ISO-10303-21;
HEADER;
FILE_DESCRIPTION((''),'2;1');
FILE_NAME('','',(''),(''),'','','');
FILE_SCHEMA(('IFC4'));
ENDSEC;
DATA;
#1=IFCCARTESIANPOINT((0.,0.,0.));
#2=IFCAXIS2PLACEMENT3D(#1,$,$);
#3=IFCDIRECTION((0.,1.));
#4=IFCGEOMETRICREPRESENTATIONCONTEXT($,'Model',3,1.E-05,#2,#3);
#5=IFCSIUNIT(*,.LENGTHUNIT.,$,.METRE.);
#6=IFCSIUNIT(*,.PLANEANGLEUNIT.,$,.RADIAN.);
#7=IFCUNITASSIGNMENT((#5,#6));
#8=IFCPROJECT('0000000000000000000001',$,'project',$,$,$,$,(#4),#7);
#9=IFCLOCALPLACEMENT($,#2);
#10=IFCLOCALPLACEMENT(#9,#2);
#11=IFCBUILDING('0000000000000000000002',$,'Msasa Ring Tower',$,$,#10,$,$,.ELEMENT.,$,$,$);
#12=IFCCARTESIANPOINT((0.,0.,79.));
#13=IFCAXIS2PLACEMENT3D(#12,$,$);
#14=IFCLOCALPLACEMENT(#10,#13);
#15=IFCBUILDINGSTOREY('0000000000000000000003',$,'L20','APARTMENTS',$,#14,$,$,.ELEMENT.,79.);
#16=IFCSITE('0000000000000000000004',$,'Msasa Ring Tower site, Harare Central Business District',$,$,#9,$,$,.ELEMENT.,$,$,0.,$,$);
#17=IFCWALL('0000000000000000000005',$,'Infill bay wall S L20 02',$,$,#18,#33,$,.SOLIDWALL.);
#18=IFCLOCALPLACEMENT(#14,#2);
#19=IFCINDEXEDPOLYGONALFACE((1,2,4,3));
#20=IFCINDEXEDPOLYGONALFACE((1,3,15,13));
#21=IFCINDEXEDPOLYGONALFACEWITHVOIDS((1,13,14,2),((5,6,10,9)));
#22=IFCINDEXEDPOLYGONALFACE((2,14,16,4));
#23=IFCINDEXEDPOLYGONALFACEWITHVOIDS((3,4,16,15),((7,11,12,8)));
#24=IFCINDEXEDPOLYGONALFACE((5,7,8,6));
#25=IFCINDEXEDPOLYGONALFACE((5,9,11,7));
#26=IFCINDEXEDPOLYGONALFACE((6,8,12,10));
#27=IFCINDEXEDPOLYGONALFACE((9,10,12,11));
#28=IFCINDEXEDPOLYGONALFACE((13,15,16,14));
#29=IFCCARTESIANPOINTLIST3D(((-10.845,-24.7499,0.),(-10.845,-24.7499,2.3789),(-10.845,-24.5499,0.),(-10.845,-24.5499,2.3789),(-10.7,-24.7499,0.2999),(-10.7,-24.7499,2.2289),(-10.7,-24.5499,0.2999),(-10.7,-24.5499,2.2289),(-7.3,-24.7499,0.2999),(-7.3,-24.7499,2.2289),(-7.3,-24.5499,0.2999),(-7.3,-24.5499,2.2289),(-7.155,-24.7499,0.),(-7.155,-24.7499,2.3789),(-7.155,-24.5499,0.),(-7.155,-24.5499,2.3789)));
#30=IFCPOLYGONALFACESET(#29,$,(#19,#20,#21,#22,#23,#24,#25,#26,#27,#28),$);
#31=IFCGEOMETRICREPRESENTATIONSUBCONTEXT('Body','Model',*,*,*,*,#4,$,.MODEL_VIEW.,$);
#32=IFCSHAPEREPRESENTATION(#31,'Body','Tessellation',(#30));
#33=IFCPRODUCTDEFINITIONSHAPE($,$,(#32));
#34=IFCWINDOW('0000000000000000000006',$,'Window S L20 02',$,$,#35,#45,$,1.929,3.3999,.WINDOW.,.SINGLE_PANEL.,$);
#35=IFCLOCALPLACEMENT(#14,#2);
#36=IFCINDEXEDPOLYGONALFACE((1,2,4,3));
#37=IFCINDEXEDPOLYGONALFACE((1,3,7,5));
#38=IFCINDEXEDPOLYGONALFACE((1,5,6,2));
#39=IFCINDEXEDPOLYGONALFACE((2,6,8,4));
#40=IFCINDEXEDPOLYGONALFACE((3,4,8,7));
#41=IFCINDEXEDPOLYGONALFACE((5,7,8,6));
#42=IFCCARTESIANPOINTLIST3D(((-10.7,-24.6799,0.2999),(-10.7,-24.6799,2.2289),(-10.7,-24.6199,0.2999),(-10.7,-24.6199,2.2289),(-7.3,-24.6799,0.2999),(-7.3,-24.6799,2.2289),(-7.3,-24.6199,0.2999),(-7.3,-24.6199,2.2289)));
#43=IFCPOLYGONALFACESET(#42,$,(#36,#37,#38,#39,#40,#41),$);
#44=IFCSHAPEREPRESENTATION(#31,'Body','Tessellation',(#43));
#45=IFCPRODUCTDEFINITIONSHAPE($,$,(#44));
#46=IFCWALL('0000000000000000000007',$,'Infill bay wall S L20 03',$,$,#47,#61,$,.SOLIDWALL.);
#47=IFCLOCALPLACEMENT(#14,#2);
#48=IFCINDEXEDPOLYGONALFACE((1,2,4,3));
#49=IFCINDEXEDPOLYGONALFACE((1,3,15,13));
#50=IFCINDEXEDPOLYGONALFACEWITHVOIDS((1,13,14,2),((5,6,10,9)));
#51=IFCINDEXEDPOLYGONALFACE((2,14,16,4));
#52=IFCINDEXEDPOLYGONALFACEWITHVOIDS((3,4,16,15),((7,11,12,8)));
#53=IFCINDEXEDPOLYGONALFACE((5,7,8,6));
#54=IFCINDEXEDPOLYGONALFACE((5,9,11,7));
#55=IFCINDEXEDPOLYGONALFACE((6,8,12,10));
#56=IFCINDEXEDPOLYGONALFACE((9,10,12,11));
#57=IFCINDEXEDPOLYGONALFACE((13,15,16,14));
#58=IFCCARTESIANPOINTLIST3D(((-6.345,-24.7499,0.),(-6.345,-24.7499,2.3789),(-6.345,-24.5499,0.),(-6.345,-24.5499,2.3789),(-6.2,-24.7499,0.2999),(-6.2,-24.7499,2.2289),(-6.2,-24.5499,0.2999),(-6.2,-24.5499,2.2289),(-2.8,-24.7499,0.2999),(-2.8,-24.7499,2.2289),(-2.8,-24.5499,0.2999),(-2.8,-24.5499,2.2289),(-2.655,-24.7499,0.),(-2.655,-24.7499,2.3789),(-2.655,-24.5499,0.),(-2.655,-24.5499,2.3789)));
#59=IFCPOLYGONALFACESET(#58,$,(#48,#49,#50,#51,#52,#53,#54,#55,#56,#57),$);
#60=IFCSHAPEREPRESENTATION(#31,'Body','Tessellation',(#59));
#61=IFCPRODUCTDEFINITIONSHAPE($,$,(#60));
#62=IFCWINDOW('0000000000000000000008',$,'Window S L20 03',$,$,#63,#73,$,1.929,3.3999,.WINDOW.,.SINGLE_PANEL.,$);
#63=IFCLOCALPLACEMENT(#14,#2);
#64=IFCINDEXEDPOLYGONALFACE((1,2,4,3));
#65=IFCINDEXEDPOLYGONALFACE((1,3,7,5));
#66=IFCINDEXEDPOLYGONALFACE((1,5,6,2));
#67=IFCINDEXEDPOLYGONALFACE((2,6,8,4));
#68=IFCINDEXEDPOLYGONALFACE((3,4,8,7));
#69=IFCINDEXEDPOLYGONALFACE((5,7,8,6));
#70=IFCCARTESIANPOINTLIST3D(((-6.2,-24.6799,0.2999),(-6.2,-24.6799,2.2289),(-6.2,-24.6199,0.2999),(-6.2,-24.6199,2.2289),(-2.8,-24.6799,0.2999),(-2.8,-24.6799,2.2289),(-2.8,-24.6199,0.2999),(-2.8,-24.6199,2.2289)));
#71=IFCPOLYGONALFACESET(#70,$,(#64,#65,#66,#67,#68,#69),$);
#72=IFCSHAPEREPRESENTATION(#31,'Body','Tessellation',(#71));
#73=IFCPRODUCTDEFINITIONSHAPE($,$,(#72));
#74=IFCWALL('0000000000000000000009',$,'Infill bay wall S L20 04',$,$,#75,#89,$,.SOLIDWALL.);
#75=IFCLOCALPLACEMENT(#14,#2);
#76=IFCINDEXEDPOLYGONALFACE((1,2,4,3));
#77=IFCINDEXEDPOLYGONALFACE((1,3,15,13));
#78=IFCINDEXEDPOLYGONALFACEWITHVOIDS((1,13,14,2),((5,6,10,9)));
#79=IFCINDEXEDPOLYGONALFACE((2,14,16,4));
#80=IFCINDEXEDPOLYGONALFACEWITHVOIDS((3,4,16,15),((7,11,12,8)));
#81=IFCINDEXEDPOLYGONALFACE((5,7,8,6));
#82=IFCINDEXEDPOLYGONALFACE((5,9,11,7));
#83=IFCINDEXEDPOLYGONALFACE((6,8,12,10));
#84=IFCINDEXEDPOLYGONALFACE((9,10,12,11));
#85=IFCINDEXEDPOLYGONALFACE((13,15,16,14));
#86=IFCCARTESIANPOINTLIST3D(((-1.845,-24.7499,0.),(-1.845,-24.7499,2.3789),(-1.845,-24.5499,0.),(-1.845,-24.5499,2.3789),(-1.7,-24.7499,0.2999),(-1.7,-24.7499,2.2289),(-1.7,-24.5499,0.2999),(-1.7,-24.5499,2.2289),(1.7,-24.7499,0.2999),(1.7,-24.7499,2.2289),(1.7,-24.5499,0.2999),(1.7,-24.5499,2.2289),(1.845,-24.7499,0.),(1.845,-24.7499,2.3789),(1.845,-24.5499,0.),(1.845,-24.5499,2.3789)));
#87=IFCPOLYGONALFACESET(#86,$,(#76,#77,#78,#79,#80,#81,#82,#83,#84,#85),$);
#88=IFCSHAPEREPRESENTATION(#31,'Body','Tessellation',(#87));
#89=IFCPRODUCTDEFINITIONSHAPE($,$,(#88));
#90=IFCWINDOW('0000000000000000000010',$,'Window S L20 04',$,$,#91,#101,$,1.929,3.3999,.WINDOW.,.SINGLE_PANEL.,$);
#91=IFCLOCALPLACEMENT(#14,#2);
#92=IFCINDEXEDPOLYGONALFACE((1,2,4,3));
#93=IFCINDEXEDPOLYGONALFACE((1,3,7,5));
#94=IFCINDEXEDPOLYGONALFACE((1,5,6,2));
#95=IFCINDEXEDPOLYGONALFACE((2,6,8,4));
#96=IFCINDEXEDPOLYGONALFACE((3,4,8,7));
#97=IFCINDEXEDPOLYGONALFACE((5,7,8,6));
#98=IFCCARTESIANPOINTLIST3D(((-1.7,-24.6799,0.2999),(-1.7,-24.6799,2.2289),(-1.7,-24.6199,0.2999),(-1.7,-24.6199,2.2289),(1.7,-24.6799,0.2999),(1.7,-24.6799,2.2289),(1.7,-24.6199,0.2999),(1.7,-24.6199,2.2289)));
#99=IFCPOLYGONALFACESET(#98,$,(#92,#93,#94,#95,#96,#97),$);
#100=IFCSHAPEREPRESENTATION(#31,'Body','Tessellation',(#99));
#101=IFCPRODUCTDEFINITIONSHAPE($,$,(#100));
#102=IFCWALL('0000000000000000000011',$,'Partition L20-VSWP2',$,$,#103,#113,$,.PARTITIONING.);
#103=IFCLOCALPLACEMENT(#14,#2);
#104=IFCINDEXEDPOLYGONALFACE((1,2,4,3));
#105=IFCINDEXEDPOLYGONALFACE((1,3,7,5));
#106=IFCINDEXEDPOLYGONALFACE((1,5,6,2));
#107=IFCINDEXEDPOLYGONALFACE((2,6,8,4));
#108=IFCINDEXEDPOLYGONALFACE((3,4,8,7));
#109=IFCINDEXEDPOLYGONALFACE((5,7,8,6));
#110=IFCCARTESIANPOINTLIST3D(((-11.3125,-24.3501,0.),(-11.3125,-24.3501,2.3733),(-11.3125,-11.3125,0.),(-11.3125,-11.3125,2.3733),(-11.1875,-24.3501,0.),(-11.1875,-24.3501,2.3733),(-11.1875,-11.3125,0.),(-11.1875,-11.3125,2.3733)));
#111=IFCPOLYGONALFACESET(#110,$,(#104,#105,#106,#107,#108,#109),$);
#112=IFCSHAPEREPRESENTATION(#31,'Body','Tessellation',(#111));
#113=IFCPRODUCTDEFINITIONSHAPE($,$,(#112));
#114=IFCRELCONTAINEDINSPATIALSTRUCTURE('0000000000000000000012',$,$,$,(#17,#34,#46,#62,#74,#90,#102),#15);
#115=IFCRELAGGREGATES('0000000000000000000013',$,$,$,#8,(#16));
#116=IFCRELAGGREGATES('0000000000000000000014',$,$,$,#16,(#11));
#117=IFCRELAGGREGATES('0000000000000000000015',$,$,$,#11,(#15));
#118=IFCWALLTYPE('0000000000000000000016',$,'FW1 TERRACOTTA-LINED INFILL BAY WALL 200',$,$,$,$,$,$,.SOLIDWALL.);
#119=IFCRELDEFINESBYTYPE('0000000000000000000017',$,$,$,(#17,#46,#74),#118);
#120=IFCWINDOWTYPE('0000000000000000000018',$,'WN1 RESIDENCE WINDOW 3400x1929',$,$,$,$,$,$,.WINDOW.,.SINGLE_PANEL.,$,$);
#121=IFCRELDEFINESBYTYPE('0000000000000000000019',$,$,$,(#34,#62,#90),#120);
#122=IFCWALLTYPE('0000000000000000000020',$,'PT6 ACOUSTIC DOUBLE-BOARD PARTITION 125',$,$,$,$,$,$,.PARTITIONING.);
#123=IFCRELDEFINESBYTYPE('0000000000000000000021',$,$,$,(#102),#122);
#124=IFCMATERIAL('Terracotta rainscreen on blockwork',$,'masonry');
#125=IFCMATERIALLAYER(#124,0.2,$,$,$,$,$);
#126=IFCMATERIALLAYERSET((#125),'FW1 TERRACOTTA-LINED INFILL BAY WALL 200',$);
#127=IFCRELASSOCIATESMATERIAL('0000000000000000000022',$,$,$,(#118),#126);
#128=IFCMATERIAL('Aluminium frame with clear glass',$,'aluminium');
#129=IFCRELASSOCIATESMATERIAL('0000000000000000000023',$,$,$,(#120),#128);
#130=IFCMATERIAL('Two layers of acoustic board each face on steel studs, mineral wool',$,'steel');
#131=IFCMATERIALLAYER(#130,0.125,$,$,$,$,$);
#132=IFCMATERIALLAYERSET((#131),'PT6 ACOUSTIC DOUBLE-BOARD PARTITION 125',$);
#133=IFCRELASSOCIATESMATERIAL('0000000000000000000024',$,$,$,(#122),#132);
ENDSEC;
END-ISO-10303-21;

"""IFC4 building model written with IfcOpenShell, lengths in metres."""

from ifc_helpers import new_model, si_unit, direction, frame, frame_2d, origin, place, context, subcontext, project, spatial, rectangle, extrude, material, layer, layer_set, type_object, element, fill, save


model = new_model("IFC4")

# Units and contexts
model_context = context("Model", 3, precision=1e-05, world=origin(), true_north=direction((0.0, 1.0)))
body_context = subcontext(model_context, "Body", "Model", "MODEL_VIEW")
ifc_project = project(units=[si_unit("LENGTHUNIT", "METRE"), si_unit("PLANEANGLEUNIT", "RADIAN")], contexts=[model_context])

# Site, building, storey
site_placement = place(None, origin())
site = spatial("IfcSite", under=ifc_project, at=site_placement, Name="Msasa Ring Tower site, Harare Central Business District", CompositionType="ELEMENT", RefElevation=0.0)
building_placement = place(site_placement, origin())
building = spatial("IfcBuilding", under=site, at=building_placement, Name="Msasa Ring Tower", CompositionType="ELEMENT")
storey_placement = place(building_placement, frame((0.0, 0.0, 79.0)))
storey = spatial("IfcBuildingStorey", under=building, at=storey_placement, Name="L20", Description="APARTMENTS", CompositionType="ELEMENT", Elevation=79.0)

# Walls, openings, windows
ifc_material_1 = material(Name="Terracotta rainscreen on blockwork", Category="masonry")
ifc_layer_1 = layer(ifc_material_1, 0.2)
ifc_layer_set_1 = layer_set([ifc_layer_1], Name="FW1 TERRACOTTA-LINED INFILL BAY WALL 200")
wall_type_1 = type_object("IfcWallType", Name="FW1 TERRACOTTA-LINED INFILL BAY WALL 200", PredefinedType="SOLIDWALL", material=ifc_layer_set_1)
ifc_material_2 = material(Name="Aluminium frame with clear glass", Category="aluminium")
window_type = type_object("IfcWindowType", Name="WN1 RESIDENCE WINDOW 3400x1929", PartitioningType="SINGLE_PANEL", PredefinedType="WINDOW", material=ifc_material_2)
wall_1_placement = place(storey_placement, frame((-10.845, -24.6499, 0.0), z_axis=(0.0, 0.0, 1.0), x_axis=(1.0, 0.0, 0.0)))
wall_1 = element("IfcWall", 1, at=wall_1_placement, inside=storey, type_object=wall_type_1, Name="Infill bay wall S L20 02", PredefinedType="SOLIDWALL", context=body_context, shape_type="SweptSolid", body=[
    extrude(rectangle(XDim=3.6899, YDim=0.2, at=frame_2d((1.845, 0.0))), origin(), (0.0, 0.0, 1.0), 2.3789),
])
opening_1_placement = place(wall_1_placement, frame((0.145, 0.0, 0.3)))
opening_1 = element("IfcOpeningElement", 2, at=opening_1_placement, cuts=wall_1, PredefinedType="OPENING", context=body_context, shape_type="SweptSolid", body=[
    extrude(rectangle(XDim=3.3999, YDim=1.929, at=frame_2d((1.7, 0.9644))), frame((0.0, 0.1099, 0.0), z_axis=(0.0, -1.0, 0.0), x_axis=(1.0, 0.0, 0.0)), (0.0, 0.0, 1.0), 0.22),
])
window_1_placement = place(opening_1_placement, origin())
window_1 = element("IfcWindow", 3, at=window_1_placement, inside=storey, type_object=window_type, Name="Window S L20 02", OverallHeight=1.929, OverallWidth=3.3999, PartitioningType="SINGLE_PANEL", PredefinedType="WINDOW", context=body_context, shape_type="SweptSolid", body=[
    extrude(rectangle(XDim=3.3999, YDim=1.929, at=frame_2d((1.7, 0.9644))), frame((0.0, 0.03, 0.0), z_axis=(0.0, -1.0, 0.0), x_axis=(1.0, 0.0, 0.0)), (0.0, 0.0, 1.0), 0.0601),
])
fill(opening_1, window_1)
wall_2_placement = place(storey_placement, frame((-6.345, -24.6499, 0.0), z_axis=(0.0, 0.0, 1.0), x_axis=(1.0, 0.0, 0.0)))
wall_2 = element("IfcWall", 4, at=wall_2_placement, inside=storey, type_object=wall_type_1, Name="Infill bay wall S L20 03", PredefinedType="SOLIDWALL", context=body_context, shape_type="SweptSolid", body=[
    extrude(rectangle(XDim=3.6899, YDim=0.2, at=frame_2d((1.845, 0.0))), origin(), (0.0, 0.0, 1.0), 2.3789),
])
opening_2_placement = place(wall_2_placement, frame((0.145, 0.0, 0.3)))
opening_2 = element("IfcOpeningElement", 5, at=opening_2_placement, cuts=wall_2, PredefinedType="OPENING", context=body_context, shape_type="SweptSolid", body=[
    extrude(rectangle(XDim=3.3999, YDim=1.929, at=frame_2d((1.7, 0.9644))), frame((0.0, 0.1099, 0.0), z_axis=(0.0, -1.0, 0.0), x_axis=(1.0, 0.0, 0.0)), (0.0, 0.0, 1.0), 0.22),
])
window_2_placement = place(opening_2_placement, origin())
window_2 = element("IfcWindow", 6, at=window_2_placement, inside=storey, type_object=window_type, Name="Window S L20 03", OverallHeight=1.929, OverallWidth=3.3999, PartitioningType="SINGLE_PANEL", PredefinedType="WINDOW", context=body_context, shape_type="SweptSolid", body=[
    extrude(rectangle(XDim=3.3999, YDim=1.929, at=frame_2d((1.7, 0.9644))), frame((0.0, 0.03, 0.0), z_axis=(0.0, -1.0, 0.0), x_axis=(1.0, 0.0, 0.0)), (0.0, 0.0, 1.0), 0.0601),
])
fill(opening_2, window_2)
wall_3_placement = place(storey_placement, frame((-1.845, -24.6499, 0.0), z_axis=(0.0, 0.0, 1.0), x_axis=(1.0, 0.0, 0.0)))
wall_3 = element("IfcWall", 7, at=wall_3_placement, inside=storey, type_object=wall_type_1, Name="Infill bay wall S L20 04", PredefinedType="SOLIDWALL", context=body_context, shape_type="SweptSolid", body=[
    extrude(rectangle(XDim=3.6899, YDim=0.2, at=frame_2d((1.845, 0.0))), origin(), (0.0, 0.0, 1.0), 2.3789),
])
opening_3_placement = place(wall_3_placement, frame((0.145, 0.0, 0.3)))
opening_3 = element("IfcOpeningElement", 8, at=opening_3_placement, cuts=wall_3, PredefinedType="OPENING", context=body_context, shape_type="SweptSolid", body=[
    extrude(rectangle(XDim=3.3999, YDim=1.929, at=frame_2d((1.7, 0.9644))), frame((0.0, 0.1099, 0.0), z_axis=(0.0, -1.0, 0.0), x_axis=(1.0, 0.0, 0.0)), (0.0, 0.0, 1.0), 0.22),
])
window_3_placement = place(opening_3_placement, origin())
window_3 = element("IfcWindow", 9, at=window_3_placement, inside=storey, type_object=window_type, Name="Window S L20 04", OverallHeight=1.929, OverallWidth=3.3999, PartitioningType="SINGLE_PANEL", PredefinedType="WINDOW", context=body_context, shape_type="SweptSolid", body=[
    extrude(rectangle(XDim=3.3999, YDim=1.929, at=frame_2d((1.7, 0.9644))), frame((0.0, 0.03, 0.0), z_axis=(0.0, -1.0, 0.0), x_axis=(1.0, 0.0, 0.0)), (0.0, 0.0, 1.0), 0.0601),
])
fill(opening_3, window_3)

# Wall
ifc_material_3 = material(Name="Two layers of acoustic board each face on steel studs, mineral wool", Category="steel")
ifc_layer_2 = layer(ifc_material_3, 0.125)
ifc_layer_set_2 = layer_set([ifc_layer_2], Name="PT6 ACOUSTIC DOUBLE-BOARD PARTITION 125")
wall_type_2 = type_object("IfcWallType", Name="PT6 ACOUSTIC DOUBLE-BOARD PARTITION 125", PredefinedType="PARTITIONING", material=ifc_layer_set_2)
wall_4_placement = place(storey_placement, frame((-11.25, -24.3501, 0.0), z_axis=(0.0, 0.0, 1.0), x_axis=(0.0, 1.0, 0.0)))
element("IfcWall", 10, at=wall_4_placement, inside=storey, type_object=wall_type_2, Name="Partition L20-VSWP2", PredefinedType="PARTITIONING", context=body_context, shape_type="SweptSolid", body=[
    extrude(rectangle(XDim=13.0376, YDim=0.125, at=frame_2d((6.5188, 0.0))), origin(), (0.0, 0.0, 1.0), 2.3733),
])

save(model, "model.ifc")
